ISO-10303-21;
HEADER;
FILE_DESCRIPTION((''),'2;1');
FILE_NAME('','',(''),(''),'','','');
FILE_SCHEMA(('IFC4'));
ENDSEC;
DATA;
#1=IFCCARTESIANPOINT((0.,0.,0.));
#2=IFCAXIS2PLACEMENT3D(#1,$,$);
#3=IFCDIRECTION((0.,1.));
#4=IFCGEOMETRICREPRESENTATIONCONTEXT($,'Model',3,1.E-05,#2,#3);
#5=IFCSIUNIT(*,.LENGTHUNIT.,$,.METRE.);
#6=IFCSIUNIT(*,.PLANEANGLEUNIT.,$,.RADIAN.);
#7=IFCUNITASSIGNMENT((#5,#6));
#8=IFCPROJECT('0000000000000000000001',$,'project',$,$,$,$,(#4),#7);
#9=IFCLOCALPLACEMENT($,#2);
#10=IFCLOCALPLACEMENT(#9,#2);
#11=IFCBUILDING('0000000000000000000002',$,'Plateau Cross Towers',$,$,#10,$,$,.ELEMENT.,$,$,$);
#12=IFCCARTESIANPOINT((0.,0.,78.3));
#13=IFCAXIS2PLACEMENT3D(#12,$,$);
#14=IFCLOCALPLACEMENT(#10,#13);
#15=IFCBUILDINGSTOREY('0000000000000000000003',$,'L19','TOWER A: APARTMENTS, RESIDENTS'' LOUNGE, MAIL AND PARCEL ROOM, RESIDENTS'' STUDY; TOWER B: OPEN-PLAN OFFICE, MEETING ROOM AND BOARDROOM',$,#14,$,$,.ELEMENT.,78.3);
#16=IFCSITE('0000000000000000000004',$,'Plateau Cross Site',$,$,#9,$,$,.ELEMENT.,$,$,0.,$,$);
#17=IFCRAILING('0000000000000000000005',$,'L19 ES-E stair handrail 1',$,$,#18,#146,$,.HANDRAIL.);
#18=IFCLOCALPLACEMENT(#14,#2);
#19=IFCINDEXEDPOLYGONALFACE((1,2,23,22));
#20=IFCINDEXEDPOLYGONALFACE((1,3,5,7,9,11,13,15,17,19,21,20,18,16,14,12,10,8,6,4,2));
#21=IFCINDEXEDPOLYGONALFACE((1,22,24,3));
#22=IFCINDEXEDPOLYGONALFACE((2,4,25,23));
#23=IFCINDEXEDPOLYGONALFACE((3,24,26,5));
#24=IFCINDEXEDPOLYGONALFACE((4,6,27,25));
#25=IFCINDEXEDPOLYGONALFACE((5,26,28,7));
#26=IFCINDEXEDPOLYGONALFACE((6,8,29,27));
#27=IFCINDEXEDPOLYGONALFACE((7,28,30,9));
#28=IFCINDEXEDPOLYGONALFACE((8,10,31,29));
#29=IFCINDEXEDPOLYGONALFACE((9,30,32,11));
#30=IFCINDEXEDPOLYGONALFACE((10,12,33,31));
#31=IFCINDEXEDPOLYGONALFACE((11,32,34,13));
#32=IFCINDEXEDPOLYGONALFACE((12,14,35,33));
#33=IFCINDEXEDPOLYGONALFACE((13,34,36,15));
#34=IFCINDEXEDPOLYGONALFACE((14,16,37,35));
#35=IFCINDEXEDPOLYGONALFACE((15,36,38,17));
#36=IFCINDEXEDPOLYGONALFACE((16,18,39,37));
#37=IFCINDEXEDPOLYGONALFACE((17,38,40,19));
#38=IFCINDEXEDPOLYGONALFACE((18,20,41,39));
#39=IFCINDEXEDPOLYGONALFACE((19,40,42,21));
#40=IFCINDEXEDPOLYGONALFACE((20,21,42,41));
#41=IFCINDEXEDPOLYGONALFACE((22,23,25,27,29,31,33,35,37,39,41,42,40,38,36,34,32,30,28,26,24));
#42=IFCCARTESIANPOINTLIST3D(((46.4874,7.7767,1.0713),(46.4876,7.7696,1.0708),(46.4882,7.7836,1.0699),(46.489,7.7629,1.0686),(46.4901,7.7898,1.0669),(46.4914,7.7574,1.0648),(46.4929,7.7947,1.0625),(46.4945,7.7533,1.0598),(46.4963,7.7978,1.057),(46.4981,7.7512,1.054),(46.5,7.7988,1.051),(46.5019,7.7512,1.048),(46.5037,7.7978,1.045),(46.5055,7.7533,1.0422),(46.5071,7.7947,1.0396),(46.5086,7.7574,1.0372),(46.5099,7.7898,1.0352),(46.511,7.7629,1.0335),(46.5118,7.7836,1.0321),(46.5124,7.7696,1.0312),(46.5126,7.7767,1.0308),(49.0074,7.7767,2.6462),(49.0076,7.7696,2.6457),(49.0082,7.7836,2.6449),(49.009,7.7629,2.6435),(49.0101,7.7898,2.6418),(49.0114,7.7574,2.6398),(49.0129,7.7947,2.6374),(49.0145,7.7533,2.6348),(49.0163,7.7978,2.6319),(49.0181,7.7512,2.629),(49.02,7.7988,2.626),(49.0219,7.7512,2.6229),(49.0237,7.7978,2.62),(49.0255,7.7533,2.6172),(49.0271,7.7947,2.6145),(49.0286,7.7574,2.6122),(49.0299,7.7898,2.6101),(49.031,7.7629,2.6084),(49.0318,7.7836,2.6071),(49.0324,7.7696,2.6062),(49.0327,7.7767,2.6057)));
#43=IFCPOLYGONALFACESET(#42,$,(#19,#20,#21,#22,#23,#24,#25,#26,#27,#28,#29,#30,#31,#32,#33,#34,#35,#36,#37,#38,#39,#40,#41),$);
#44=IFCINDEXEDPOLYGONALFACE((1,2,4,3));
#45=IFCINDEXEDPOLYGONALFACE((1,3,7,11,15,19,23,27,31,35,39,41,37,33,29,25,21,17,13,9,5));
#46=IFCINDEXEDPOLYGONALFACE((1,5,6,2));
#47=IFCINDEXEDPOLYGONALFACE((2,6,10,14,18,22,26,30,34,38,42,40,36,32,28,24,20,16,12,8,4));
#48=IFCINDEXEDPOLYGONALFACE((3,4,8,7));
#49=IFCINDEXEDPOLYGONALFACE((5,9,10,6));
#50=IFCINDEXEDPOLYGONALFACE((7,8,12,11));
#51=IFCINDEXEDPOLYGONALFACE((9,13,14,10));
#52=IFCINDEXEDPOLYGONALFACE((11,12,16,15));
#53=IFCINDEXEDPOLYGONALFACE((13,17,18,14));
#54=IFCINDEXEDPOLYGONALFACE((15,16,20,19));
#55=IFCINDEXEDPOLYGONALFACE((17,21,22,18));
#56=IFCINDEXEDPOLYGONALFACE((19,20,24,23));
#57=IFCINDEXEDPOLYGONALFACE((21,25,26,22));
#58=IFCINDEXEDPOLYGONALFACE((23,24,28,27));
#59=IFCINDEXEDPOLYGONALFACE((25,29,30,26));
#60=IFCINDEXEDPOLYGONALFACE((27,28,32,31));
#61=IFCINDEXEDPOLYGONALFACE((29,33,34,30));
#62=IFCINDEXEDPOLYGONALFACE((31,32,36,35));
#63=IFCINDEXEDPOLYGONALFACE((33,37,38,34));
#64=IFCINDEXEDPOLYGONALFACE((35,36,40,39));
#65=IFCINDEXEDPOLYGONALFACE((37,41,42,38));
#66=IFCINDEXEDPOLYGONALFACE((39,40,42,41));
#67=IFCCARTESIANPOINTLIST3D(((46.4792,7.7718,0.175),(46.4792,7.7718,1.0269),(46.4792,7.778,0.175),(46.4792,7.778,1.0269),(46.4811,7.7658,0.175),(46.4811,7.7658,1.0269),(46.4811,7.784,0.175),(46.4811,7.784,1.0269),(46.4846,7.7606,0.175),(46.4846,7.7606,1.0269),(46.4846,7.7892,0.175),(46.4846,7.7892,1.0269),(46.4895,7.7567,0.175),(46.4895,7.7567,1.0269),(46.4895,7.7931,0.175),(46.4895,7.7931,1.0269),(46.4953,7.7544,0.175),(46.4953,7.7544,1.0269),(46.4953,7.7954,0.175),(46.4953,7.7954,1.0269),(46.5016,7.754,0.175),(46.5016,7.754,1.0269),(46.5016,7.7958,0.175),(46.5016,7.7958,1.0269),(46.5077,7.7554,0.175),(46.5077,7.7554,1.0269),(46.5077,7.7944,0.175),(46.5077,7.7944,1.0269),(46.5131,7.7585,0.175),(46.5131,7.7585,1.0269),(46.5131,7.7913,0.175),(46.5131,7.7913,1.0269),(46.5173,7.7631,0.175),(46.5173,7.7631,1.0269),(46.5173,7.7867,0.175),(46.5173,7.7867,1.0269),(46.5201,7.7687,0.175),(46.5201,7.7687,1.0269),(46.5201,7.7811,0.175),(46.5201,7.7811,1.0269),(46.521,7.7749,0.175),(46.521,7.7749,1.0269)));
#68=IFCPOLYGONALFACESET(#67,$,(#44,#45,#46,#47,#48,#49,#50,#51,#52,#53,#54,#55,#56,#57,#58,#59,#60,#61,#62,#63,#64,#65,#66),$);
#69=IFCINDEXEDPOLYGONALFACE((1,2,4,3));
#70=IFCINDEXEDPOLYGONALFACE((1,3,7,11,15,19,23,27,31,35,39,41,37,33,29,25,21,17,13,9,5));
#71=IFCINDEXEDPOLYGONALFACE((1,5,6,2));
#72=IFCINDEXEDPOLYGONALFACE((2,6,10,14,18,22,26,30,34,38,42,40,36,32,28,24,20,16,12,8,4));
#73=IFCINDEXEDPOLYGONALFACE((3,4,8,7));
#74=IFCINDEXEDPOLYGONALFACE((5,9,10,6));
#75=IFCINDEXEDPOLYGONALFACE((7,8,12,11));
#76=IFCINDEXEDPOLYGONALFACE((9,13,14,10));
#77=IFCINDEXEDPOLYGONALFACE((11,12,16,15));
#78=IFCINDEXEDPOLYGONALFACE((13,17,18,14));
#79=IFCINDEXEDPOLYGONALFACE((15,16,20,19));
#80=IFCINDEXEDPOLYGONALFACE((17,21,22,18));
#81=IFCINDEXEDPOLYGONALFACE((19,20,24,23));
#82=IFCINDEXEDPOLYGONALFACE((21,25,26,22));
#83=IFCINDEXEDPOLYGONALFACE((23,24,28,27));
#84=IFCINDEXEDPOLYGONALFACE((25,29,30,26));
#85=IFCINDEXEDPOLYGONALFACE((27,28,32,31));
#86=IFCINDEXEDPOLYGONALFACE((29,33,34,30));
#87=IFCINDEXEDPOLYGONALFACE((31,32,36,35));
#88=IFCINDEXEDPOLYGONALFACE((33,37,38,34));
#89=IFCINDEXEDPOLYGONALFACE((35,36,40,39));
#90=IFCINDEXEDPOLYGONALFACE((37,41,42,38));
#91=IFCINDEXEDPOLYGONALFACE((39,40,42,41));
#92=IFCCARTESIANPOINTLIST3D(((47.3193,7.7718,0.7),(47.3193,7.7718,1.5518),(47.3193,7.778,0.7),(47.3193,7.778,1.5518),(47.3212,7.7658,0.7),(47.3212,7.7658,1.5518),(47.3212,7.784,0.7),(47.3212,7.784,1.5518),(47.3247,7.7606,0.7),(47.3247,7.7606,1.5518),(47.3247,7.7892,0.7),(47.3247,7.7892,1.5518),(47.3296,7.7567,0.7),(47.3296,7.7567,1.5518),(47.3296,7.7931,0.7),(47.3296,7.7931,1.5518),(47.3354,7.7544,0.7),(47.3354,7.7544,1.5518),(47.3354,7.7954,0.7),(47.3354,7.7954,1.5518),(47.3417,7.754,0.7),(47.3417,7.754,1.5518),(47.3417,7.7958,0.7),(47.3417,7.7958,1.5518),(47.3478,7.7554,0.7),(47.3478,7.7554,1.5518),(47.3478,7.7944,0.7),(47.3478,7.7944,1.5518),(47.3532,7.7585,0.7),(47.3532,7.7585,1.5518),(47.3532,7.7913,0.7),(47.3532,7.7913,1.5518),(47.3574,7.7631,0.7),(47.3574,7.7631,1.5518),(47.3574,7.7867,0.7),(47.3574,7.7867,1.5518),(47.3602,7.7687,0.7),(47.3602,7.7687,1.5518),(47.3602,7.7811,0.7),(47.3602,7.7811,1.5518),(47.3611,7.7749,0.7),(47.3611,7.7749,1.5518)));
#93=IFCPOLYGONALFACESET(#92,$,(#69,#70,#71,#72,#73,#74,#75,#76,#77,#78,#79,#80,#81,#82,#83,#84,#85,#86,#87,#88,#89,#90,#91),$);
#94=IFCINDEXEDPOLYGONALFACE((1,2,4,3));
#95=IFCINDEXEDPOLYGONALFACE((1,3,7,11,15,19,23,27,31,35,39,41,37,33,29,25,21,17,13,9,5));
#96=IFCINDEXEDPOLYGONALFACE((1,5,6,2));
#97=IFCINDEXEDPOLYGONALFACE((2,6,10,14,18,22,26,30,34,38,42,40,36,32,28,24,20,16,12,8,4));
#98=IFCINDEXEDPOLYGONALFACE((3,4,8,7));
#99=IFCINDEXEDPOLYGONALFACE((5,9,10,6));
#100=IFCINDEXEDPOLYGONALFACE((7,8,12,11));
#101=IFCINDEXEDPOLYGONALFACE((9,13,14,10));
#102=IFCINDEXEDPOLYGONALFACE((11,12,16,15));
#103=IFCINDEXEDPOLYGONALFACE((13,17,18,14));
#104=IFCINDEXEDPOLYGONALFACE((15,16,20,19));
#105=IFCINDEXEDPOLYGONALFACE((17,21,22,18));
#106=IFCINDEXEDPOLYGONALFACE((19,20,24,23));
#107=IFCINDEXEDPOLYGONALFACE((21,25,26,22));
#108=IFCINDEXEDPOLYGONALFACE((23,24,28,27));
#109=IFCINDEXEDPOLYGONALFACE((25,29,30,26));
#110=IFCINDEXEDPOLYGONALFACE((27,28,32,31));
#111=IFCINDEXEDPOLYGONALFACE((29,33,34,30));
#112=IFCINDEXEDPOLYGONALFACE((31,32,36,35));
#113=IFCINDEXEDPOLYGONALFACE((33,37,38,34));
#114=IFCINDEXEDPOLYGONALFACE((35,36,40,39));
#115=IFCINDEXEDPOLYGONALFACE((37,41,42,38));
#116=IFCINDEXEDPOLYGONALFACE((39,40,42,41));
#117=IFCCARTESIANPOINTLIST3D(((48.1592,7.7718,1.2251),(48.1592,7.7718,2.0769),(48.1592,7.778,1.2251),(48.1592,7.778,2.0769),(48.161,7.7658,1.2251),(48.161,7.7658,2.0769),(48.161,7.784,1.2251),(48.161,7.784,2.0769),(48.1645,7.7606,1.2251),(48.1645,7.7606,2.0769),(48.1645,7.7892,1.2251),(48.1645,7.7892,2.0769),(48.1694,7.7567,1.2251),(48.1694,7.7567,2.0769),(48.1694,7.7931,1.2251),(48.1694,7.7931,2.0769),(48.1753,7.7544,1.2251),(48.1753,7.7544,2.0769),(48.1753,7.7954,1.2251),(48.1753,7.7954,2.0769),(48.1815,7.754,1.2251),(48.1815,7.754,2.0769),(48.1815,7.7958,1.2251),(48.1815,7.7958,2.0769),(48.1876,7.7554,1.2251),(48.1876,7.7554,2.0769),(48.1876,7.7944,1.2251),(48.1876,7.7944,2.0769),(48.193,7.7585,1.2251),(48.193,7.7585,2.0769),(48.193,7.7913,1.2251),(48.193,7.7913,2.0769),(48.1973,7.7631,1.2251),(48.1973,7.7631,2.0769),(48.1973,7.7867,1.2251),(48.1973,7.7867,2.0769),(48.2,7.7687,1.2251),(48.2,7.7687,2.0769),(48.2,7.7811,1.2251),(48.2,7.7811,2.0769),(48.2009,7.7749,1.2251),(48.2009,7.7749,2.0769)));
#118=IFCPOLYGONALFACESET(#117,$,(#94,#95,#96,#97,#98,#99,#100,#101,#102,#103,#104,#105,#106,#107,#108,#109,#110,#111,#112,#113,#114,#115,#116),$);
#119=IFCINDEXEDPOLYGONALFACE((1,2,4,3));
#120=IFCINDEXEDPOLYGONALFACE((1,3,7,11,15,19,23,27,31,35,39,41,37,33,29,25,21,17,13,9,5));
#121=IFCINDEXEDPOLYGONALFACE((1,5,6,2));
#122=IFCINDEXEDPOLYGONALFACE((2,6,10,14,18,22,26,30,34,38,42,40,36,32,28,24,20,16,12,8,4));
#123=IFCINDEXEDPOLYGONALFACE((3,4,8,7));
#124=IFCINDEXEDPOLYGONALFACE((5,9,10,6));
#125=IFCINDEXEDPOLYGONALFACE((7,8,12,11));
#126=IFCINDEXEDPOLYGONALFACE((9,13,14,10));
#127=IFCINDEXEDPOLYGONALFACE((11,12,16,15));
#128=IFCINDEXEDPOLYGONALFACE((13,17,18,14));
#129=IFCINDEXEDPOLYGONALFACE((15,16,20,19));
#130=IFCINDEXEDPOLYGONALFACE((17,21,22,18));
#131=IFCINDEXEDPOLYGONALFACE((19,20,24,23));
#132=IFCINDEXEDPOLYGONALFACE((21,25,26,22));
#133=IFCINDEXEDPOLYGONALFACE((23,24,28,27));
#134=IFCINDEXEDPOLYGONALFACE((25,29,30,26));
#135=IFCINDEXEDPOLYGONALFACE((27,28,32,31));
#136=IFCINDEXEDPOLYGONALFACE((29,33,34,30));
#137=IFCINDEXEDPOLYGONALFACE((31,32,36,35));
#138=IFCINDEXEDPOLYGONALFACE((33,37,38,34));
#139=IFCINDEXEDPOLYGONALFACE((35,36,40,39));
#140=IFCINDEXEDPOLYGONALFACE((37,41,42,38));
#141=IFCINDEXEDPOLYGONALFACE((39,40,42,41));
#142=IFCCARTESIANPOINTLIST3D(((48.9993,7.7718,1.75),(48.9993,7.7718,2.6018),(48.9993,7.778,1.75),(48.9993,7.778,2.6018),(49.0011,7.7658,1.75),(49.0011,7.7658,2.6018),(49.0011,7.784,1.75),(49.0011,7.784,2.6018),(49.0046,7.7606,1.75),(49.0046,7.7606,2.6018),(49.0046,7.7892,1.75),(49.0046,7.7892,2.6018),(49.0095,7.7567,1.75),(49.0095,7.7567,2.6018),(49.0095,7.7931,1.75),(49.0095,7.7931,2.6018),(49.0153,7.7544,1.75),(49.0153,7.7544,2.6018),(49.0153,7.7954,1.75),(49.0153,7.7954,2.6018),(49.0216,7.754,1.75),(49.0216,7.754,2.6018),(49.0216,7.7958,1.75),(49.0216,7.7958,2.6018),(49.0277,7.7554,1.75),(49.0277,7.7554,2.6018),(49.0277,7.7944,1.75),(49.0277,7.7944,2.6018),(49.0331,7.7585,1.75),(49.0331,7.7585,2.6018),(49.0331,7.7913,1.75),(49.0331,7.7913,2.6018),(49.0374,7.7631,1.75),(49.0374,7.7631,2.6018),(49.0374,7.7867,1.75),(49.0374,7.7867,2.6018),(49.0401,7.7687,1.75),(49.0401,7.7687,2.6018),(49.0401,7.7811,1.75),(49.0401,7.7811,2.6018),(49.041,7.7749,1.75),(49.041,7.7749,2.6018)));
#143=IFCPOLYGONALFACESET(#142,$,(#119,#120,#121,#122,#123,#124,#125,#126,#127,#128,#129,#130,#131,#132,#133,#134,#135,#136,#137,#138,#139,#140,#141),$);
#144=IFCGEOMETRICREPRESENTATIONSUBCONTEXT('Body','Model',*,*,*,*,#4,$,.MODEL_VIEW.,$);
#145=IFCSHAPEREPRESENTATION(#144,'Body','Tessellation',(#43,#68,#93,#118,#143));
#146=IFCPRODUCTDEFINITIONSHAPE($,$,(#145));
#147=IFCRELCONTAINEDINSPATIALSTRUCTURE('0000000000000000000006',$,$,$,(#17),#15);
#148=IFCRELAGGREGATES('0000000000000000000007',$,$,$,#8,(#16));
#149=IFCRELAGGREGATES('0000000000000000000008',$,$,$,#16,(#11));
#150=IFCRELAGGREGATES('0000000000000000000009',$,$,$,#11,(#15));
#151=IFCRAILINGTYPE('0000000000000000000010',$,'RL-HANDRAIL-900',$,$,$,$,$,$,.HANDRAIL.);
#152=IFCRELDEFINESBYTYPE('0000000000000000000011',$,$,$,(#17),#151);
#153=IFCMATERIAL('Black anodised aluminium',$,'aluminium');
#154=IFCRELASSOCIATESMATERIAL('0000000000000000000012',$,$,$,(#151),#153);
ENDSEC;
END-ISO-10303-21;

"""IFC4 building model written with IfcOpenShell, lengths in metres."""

from ifc_helpers import new_model, si_unit, direction, frame, origin, origin_2d, place, context, subcontext, project, spatial, circle, extrude, material, type_object, element, save


model = new_model("IFC4")

# Units and contexts
model_context = context("Model", 3, precision=1e-05, world=origin(), true_north=direction((0.0, 1.0)))
body_context = subcontext(model_context, "Body", "Model", "MODEL_VIEW")
ifc_project = project(units=[si_unit("LENGTHUNIT", "METRE"), si_unit("PLANEANGLEUNIT", "RADIAN")], contexts=[model_context])

# Site, building, storey
site_placement = place(None, origin())
site = spatial("IfcSite", under=ifc_project, at=site_placement, Name="Plateau Cross Site", CompositionType="ELEMENT", RefElevation=0.0)
building_placement = place(site_placement, origin())
building = spatial("IfcBuilding", under=site, at=building_placement, Name="Plateau Cross Towers", CompositionType="ELEMENT")
storey_placement = place(building_placement, frame((0.0, 0.0, 78.3)))
storey = spatial("IfcBuildingStorey", under=building, at=storey_placement, Name="L19", Description="TOWER A: APARTMENTS, RESIDENTS' LOUNGE, MAIL AND PARCEL ROOM, RESIDENTS' STUDY; TOWER B: OPEN-PLAN OFFICE, MEETING ROOM AND BOARDROOM", CompositionType="ELEMENT", Elevation=78.3)

# Shared definitions
ifc_material_1 = material(Name="Black anodised aluminium", Category="aluminium")

# Railing
railing_type = type_object("IfcRailingType", Name="RL-HANDRAIL-900", PredefinedType="HANDRAIL", material=ifc_material_1)
railing_placement = place(storey_placement, frame((46.5, 7.7749, 0.175)))
element("IfcRailing", 1, at=railing_placement, inside=storey, type_object=railing_type, Name="L19 ES-E stair handrail 1", PredefinedType="HANDRAIL", context=body_context, shape_type="SweptSolid", body=[
    extrude(circle(Radius=0.0239, at=origin_2d()), frame((0.0, 0.0, 0.876), z_axis=(0.848008, 0.0, 0.529984), x_axis=(0.0, 1.0, 0.0)), (0.0, 0.0, 1.0), 2.9717),
    extrude(circle(Radius=0.021, at=origin_2d()), origin(), (0.0, 0.0, 1.0), 0.8518),
    extrude(circle(Radius=0.021, at=origin_2d()), frame((0.8401, 0.0, 0.5249)), (0.0, 0.0, 1.0), 0.8518),
    extrude(circle(Radius=0.021, at=origin_2d()), frame((1.6799, 0.0, 1.05)), (0.0, 0.0, 1.0), 0.8518),
    extrude(circle(Radius=0.021, at=origin_2d()), frame((2.52, 0.0, 1.575)), (0.0, 0.0, 1.0), 0.8518),
])

save(model, "model.ifc")
